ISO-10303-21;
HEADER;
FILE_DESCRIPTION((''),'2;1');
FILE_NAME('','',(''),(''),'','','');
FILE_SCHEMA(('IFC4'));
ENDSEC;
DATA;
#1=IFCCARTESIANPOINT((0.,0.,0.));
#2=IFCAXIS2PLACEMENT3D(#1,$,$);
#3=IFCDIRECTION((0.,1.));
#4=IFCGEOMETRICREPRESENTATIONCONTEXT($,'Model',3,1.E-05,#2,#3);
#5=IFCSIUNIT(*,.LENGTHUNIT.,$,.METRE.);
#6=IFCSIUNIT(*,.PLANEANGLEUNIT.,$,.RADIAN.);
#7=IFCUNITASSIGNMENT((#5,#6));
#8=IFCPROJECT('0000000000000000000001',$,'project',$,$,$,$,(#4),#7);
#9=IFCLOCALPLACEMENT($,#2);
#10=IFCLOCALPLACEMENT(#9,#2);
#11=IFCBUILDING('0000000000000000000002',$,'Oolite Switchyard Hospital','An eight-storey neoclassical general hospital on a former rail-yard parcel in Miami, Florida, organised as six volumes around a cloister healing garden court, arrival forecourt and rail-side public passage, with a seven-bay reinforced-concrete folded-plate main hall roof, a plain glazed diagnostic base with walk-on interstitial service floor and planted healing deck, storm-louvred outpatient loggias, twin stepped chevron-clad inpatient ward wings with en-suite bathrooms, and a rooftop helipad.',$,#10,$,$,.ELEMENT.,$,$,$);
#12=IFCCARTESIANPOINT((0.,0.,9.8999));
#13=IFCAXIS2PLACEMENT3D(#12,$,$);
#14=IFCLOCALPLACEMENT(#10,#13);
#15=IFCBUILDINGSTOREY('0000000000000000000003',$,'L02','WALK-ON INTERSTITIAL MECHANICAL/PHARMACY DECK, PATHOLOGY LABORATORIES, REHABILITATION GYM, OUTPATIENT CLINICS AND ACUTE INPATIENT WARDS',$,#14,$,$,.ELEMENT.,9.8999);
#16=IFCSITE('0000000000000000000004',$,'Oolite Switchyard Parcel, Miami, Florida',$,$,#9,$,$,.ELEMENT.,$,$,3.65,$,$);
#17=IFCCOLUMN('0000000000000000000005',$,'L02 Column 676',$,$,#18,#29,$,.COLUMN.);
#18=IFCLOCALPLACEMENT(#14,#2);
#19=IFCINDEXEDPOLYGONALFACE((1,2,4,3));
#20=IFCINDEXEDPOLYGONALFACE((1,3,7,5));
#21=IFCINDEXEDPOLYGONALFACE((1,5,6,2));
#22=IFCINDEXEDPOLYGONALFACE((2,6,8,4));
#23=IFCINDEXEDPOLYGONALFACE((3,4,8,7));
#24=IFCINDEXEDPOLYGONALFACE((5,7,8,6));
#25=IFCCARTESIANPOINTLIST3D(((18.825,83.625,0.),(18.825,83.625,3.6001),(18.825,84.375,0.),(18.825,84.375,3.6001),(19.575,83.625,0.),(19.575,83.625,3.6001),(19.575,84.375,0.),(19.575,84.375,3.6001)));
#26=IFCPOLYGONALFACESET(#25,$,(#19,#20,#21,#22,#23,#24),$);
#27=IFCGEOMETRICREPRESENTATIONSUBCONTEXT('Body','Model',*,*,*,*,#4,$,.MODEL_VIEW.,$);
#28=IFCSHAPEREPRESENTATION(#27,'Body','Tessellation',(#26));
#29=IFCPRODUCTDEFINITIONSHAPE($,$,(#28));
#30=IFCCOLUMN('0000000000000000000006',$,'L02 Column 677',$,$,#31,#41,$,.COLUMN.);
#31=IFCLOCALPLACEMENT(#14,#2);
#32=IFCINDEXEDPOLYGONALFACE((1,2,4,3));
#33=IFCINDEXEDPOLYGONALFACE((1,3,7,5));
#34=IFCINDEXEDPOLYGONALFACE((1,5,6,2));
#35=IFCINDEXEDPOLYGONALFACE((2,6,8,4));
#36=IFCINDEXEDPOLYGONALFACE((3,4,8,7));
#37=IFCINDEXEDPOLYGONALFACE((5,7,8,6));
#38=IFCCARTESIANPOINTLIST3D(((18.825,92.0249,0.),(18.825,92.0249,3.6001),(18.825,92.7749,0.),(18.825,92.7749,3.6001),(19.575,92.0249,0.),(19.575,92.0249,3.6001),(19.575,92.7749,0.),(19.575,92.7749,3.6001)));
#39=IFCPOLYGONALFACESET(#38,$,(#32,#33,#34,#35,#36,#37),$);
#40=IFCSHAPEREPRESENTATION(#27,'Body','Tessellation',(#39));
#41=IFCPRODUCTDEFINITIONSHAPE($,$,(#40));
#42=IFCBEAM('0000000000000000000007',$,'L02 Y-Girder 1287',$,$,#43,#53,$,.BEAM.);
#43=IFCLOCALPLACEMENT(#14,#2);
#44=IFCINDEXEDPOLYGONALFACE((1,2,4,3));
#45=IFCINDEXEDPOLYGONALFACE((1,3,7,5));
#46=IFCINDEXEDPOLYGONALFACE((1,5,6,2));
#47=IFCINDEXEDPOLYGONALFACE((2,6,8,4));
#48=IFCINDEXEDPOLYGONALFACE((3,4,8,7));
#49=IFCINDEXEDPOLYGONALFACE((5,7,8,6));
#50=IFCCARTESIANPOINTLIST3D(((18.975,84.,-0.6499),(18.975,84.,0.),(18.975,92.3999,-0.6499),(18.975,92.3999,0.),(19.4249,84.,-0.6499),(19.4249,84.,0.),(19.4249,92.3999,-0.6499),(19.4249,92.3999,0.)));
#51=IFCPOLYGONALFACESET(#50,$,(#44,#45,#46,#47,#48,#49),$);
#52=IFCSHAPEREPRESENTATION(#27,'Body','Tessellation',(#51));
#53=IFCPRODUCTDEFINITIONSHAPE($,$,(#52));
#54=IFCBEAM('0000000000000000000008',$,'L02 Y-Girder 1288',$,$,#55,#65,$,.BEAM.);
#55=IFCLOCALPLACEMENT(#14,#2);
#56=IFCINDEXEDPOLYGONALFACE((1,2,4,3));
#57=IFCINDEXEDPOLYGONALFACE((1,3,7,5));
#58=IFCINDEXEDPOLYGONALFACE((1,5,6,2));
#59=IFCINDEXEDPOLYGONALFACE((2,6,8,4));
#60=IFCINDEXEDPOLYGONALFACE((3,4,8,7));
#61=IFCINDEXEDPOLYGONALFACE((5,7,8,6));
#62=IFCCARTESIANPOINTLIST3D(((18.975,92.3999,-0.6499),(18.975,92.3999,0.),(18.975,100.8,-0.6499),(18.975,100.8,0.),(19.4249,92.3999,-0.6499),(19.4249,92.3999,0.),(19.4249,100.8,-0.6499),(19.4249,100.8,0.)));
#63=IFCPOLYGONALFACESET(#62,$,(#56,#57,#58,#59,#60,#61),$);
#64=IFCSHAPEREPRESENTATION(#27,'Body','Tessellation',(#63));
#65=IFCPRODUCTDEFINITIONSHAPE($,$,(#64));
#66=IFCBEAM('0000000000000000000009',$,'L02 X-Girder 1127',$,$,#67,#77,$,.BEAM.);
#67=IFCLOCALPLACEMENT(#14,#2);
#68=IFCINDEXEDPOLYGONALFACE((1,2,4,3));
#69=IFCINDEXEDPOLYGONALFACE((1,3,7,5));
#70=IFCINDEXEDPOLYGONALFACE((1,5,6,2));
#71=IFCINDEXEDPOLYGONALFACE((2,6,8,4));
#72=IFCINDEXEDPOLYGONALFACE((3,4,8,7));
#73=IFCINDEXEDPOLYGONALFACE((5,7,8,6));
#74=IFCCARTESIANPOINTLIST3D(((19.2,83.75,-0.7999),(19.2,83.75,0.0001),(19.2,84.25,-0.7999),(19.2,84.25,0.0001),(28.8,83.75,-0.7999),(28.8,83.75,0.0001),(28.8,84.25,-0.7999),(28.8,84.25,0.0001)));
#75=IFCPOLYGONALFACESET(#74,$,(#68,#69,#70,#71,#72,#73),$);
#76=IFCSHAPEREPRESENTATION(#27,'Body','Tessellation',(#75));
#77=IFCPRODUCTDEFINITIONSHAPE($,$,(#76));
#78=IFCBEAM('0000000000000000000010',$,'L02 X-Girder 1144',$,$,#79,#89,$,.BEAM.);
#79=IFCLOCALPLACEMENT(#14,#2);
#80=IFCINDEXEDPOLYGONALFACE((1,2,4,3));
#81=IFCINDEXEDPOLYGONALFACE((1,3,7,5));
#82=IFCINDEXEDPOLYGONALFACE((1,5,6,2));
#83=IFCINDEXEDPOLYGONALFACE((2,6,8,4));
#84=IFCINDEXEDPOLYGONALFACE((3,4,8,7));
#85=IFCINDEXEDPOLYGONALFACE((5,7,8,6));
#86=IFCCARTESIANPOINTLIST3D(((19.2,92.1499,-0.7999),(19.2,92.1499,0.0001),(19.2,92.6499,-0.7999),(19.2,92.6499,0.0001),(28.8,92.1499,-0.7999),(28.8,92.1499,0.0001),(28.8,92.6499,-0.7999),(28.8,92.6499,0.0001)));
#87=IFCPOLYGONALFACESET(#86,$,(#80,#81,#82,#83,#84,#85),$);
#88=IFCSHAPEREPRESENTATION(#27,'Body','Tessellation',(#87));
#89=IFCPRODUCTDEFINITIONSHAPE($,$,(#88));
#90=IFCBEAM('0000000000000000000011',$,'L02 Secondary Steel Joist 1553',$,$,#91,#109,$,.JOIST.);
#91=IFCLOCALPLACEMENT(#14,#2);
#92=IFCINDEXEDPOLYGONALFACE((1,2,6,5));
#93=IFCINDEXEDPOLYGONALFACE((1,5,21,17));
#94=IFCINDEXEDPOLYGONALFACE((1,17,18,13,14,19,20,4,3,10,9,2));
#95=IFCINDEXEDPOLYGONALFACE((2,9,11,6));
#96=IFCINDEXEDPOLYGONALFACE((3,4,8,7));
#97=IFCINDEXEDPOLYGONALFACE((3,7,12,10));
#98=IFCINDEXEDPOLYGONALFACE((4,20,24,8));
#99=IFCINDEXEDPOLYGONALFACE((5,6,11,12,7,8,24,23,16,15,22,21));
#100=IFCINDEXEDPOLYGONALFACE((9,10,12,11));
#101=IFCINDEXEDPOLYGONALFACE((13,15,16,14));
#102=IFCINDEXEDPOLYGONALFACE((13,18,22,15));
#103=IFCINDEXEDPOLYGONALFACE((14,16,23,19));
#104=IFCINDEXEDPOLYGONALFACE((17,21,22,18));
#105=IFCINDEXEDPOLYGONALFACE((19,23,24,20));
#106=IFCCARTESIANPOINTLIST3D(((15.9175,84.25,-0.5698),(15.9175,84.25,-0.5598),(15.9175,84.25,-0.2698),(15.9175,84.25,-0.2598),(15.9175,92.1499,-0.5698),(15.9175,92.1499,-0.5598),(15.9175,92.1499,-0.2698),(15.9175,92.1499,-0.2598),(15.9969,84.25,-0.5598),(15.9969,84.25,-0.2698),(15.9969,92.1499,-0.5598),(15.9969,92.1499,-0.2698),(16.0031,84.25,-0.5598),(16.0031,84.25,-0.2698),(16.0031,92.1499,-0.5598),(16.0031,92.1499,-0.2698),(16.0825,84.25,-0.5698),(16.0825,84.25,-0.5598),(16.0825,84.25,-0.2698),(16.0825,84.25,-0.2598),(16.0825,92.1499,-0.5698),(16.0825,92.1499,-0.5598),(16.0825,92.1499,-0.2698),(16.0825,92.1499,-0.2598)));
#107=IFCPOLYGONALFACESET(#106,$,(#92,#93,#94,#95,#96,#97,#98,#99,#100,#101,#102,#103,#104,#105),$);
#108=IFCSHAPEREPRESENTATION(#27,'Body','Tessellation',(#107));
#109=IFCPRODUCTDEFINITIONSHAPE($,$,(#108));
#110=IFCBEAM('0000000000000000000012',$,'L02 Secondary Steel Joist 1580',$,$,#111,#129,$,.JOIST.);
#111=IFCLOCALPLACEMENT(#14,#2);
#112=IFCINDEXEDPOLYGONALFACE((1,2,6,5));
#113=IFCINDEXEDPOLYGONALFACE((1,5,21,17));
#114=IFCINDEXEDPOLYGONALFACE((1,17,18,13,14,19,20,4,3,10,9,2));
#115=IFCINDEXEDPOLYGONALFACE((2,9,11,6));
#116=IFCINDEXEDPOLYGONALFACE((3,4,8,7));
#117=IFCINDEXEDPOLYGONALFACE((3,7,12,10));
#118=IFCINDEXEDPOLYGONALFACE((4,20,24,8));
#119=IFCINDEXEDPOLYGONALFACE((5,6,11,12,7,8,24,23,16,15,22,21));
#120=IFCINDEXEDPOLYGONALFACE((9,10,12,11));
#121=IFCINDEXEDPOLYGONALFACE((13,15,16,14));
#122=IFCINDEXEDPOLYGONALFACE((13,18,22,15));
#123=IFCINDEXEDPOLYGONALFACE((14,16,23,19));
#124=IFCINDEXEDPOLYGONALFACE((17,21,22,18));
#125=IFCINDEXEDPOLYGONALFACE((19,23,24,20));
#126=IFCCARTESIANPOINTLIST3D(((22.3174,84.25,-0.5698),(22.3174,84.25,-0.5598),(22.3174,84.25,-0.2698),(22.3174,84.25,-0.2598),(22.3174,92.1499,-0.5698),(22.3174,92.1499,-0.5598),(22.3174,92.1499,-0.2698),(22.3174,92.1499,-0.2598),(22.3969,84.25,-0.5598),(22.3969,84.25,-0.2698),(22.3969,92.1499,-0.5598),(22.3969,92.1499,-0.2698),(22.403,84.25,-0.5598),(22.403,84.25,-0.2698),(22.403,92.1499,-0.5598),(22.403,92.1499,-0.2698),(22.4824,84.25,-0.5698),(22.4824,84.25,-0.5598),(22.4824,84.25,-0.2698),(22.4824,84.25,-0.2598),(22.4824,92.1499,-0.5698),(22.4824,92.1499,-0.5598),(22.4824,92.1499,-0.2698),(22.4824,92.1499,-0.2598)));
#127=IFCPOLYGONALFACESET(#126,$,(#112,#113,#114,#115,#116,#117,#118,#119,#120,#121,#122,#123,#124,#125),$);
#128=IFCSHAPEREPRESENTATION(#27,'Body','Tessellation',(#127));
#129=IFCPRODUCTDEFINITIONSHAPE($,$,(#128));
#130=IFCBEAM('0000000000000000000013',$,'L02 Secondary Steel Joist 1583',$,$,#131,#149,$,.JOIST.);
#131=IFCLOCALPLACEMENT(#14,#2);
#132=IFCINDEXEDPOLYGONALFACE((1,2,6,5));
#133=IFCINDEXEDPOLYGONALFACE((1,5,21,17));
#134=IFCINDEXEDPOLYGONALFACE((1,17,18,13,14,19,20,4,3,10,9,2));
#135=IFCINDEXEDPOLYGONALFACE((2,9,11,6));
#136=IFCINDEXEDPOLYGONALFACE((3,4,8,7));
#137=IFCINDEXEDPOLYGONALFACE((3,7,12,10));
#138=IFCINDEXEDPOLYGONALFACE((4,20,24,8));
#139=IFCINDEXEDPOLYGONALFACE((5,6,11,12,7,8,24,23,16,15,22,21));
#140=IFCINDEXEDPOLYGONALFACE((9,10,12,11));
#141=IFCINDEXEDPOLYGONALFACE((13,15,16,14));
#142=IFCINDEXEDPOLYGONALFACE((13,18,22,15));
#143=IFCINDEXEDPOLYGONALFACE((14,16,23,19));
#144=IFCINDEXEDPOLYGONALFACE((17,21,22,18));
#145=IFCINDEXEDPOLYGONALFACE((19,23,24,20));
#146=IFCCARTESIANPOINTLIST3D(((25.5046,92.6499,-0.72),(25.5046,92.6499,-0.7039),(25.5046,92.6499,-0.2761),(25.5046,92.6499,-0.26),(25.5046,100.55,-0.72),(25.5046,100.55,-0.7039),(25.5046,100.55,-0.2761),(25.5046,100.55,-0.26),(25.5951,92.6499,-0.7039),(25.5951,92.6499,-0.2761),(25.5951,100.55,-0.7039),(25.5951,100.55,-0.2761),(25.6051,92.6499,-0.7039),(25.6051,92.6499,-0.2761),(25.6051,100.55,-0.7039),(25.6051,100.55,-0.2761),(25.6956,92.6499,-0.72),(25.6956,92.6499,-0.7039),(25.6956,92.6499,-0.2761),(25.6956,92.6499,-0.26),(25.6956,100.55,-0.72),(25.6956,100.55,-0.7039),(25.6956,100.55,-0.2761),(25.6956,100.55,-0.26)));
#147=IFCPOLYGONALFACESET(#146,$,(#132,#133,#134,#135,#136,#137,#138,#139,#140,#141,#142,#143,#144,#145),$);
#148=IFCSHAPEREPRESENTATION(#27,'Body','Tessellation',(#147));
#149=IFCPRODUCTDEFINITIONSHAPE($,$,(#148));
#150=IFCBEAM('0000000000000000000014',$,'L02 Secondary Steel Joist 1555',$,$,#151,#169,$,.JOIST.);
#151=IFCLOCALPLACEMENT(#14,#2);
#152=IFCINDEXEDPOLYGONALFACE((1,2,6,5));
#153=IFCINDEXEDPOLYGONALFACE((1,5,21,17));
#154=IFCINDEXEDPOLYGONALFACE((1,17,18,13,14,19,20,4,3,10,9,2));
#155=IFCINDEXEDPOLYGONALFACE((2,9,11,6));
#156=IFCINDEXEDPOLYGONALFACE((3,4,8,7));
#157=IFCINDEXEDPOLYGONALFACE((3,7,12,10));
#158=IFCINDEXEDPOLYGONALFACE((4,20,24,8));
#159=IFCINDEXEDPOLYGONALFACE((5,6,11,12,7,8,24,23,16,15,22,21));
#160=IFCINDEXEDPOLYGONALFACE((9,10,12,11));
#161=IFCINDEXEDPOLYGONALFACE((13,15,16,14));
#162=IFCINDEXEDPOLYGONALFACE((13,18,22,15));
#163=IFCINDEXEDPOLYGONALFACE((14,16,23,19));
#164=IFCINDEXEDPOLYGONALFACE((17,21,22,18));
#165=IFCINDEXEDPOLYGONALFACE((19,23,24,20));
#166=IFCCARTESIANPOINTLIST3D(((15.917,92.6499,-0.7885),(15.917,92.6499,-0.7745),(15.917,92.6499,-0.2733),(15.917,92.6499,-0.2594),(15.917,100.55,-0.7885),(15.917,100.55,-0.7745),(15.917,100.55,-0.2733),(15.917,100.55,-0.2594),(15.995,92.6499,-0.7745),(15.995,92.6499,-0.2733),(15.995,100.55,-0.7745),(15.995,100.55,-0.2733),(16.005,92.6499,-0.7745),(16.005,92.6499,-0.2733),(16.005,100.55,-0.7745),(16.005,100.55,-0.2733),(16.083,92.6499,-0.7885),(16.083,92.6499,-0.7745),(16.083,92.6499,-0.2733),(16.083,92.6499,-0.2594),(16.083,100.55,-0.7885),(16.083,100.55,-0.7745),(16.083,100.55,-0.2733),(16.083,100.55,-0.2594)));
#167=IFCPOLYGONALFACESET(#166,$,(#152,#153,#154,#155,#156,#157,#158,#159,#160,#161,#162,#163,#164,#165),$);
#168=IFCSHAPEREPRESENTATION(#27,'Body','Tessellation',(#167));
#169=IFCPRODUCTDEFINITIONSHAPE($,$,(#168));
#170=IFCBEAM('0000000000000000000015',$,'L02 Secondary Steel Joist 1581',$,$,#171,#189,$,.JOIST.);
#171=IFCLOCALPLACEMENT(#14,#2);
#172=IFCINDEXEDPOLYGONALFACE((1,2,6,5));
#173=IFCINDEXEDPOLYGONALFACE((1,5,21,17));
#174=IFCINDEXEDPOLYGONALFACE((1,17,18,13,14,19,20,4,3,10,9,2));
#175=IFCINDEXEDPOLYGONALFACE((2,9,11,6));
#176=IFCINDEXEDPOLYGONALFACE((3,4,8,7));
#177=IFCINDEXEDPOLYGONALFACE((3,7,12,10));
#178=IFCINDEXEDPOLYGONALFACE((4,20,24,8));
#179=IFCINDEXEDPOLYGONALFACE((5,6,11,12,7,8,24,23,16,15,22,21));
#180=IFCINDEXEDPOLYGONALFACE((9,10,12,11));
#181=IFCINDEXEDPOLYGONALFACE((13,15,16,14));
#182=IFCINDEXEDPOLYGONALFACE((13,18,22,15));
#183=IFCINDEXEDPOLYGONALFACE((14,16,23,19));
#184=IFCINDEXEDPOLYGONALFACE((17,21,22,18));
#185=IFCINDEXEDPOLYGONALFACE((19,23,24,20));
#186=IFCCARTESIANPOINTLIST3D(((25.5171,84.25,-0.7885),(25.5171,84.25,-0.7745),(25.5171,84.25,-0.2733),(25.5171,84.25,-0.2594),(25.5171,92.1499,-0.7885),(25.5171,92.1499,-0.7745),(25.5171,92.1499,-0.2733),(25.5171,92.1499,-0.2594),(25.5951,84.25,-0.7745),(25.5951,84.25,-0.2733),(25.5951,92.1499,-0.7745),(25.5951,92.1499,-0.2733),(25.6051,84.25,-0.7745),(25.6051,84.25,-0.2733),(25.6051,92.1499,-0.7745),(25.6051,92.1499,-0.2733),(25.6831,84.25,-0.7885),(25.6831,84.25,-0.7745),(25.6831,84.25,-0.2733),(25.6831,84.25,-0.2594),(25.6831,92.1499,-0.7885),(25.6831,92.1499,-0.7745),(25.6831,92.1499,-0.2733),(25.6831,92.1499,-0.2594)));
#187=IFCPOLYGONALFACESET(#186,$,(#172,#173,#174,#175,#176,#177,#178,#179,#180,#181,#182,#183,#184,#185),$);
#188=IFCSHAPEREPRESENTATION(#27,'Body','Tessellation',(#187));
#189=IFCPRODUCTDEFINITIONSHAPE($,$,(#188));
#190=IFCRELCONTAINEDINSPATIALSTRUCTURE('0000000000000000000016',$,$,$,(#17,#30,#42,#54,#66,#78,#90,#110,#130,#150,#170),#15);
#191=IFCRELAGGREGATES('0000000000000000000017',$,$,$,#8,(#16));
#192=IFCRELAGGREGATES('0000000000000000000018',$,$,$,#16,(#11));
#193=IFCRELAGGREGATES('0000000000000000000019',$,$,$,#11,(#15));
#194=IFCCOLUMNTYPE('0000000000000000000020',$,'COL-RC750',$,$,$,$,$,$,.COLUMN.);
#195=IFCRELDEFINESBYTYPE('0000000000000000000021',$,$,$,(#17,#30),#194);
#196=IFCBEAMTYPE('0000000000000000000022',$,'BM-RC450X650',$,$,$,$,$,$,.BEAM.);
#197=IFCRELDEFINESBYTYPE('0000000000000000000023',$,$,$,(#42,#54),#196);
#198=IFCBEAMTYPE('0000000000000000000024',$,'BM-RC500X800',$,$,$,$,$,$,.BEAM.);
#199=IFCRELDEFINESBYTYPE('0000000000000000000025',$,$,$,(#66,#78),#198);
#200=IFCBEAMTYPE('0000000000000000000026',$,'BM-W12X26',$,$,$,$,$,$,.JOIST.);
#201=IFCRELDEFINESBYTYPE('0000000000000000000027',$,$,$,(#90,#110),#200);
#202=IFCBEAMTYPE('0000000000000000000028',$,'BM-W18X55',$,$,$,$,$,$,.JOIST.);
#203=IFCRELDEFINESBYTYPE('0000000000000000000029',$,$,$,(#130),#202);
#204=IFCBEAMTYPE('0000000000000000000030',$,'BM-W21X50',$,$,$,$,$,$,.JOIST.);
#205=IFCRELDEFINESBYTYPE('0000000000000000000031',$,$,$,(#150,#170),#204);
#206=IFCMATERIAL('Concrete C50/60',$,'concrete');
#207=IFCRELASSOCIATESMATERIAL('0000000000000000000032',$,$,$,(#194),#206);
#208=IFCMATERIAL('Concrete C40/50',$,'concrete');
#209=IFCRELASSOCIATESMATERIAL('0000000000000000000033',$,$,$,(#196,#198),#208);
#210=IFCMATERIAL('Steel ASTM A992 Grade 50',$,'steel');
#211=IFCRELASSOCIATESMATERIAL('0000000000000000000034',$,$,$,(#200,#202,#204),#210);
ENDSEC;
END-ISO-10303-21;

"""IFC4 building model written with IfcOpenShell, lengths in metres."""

from ifc_helpers import new_model, si_unit, direction, frame, origin, origin_2d, place, context, subcontext, project, spatial, rectangle, i_section, extrude, material, material_profile, profile_set, type_object, element, save


model = new_model("IFC4")

# Units and contexts
model_context = context("Model", 3, precision=1e-05, world=origin(), true_north=direction((0.0, 1.0)))
body_context = subcontext(model_context, "Body", "Model", "MODEL_VIEW")
ifc_project = project(units=[si_unit("LENGTHUNIT", "METRE"), si_unit("PLANEANGLEUNIT", "RADIAN")], contexts=[model_context])

# Site, building, storey
site_placement = place(None, origin())
site = spatial("IfcSite", under=ifc_project, at=site_placement, Name="Oolite Switchyard Parcel, Miami, Florida", CompositionType="ELEMENT", RefElevation=3.65)
building_placement = place(site_placement, origin())
building = spatial("IfcBuilding", under=site, at=building_placement, Name="Oolite Switchyard Hospital", Description="An eight-storey neoclassical general hospital on a former rail-yard parcel in Miami, Florida, organised as six volumes around a cloister healing garden court, arrival forecourt and rail-side public passage, with a seven-bay reinforced-concrete folded-plate main hall roof, a plain glazed diagnostic base with walk-on interstitial service floor and planted healing deck, storm-louvred outpatient loggias, twin stepped chevron-clad inpatient ward wings with en-suite bathrooms, and a rooftop helipad.", CompositionType="ELEMENT")
storey_placement = place(building_placement, frame((0.0, 0.0, 9.8999)))
storey = spatial("IfcBuildingStorey", under=building, at=storey_placement, Name="L02", Description="WALK-ON INTERSTITIAL MECHANICAL/PHARMACY DECK, PATHOLOGY LABORATORIES, REHABILITATION GYM, OUTPATIENT CLINICS AND ACUTE INPATIENT WARDS", CompositionType="ELEMENT", Elevation=9.8999)

# Columns
ifc_material_1 = material(Name="Concrete C50/60", Category="concrete")
ifc_material_profile_1 = material_profile(ifc_material_1, rectangle(XDim=0.75, YDim=0.75, at=origin_2d()), Name="RC750X750")
ifc_profile_set_1 = profile_set([ifc_material_profile_1], Name="Concrete C50/60")
column_type = type_object("IfcColumnType", Name="COL-RC750", PredefinedType="COLUMN", material=ifc_profile_set_1)
for number, where, z_axis, x_axis, name in (
    (1, (19.2, 84.0, 0.0), (0.0, 0.0, 1.0), (1.0, 0.0, 0.0), "L02 Column 676"),
    (2, (19.2, 92.3999, 0.0), (0.0, 0.0, 1.0), (1.0, 0.0, 0.0), "L02 Column 677"),
):
    element("IfcColumn", number, at=place(storey_placement, frame(where, z_axis=z_axis, x_axis=x_axis)), inside=storey, type_object=column_type, Name=name, PredefinedType="COLUMN", context=body_context, shape_type="SweptSolid", body=[
        extrude(rectangle(XDim=0.75, YDim=0.75, at=origin_2d()), origin(), (0.0, 0.0, 1.0), 3.6001),
    ])

# Beams
ifc_material_2 = material(Name="Concrete C40/50", Category="concrete")
ifc_material_profile_2 = material_profile(ifc_material_2, rectangle(XDim=0.45, YDim=0.6499, at=origin_2d()), Name="RCB450X650")
ifc_profile_set_2 = profile_set([ifc_material_profile_2], Name="Concrete C40/50")
beam_type_1 = type_object("IfcBeamType", Name="BM-RC450X650", PredefinedType="BEAM", material=ifc_profile_set_2)
beam_1_placement = place(storey_placement, frame((19.2, 84.0, -0.325), z_axis=(0.0, 1.0, 0.0), x_axis=(-1.0, 0.0, 0.0)))
element("IfcBeam", 3, at=beam_1_placement, inside=storey, type_object=beam_type_1, Name="L02 Y-Girder 1287", PredefinedType="BEAM", context=body_context, shape_type="SweptSolid", body=[
    extrude(rectangle(XDim=0.45, YDim=0.6499, at=origin_2d()), origin(), (0.0, 0.0, 1.0), 8.3999),
])
beam_2_placement = place(storey_placement, frame((19.2, 92.3999, -0.325), z_axis=(0.0, 1.0, 0.0), x_axis=(-1.0, 0.0, 0.0)))
element("IfcBeam", 4, at=beam_2_placement, inside=storey, type_object=beam_type_1, Name="L02 Y-Girder 1288", PredefinedType="BEAM", context=body_context, shape_type="SweptSolid", body=[
    extrude(rectangle(XDim=0.45, YDim=0.6499, at=origin_2d()), origin(), (0.0, 0.0, 1.0), 8.4001),
])
ifc_material_profile_3 = material_profile(ifc_material_2, rectangle(XDim=0.5, YDim=0.8, at=origin_2d()), Name="RCB500X800")
ifc_profile_set_3 = profile_set([ifc_material_profile_3], Name="Concrete C40/50")
beam_type_2 = type_object("IfcBeamType", Name="BM-RC500X800", PredefinedType="BEAM", material=ifc_profile_set_3)
for number, where, z_axis, x_axis, name in (
    (5, (19.2, 84.0, -0.3999), (1.0, 0.0, 0.0), (0.0, 1.0, 0.0), "L02 X-Girder 1127"),
    (6, (19.2, 92.3999, -0.3999), (1.0, 0.0, 0.0), (0.0, 1.0, 0.0), "L02 X-Girder 1144"),
):
    element("IfcBeam", number, at=place(storey_placement, frame(where, z_axis=z_axis, x_axis=x_axis)), inside=storey, type_object=beam_type_2, Name=name, PredefinedType="BEAM", context=body_context, shape_type="SweptSolid", body=[
        extrude(rectangle(XDim=0.5, YDim=0.8, at=origin_2d()), origin(), (0.0, 0.0, 1.0), 9.6001),
    ])
ifc_material_3 = material(Name="Steel ASTM A992 Grade 50", Category="steel")
ifc_material_profile_4 = material_profile(ifc_material_3, i_section(OverallWidth=0.165, OverallDepth=0.3101, WebThickness=0.0061, FlangeThickness=0.01, at=origin_2d()), Name="W12X26")
ifc_profile_set_4 = profile_set([ifc_material_profile_4], Name="Steel ASTM A992 Grade 50")
beam_type_3 = type_object("IfcBeamType", Name="BM-W12X26", PredefinedType="JOIST", material=ifc_profile_set_4)
for number, where, z_axis, x_axis, name in (
    (7, (16.0, 84.25, -0.4148), (0.0, 1.0, 0.0), (-1.0, 0.0, 0.0), "L02 Secondary Steel Joist 1553"),
    (8, (22.3999, 84.25, -0.4148), (0.0, 1.0, 0.0), (-1.0, 0.0, 0.0), "L02 Secondary Steel Joist 1580"),
):
    element("IfcBeam", number, at=place(storey_placement, frame(where, z_axis=z_axis, x_axis=x_axis)), inside=storey, type_object=beam_type_3, Name=name, PredefinedType="JOIST", context=body_context, shape_type="SweptSolid", body=[
        extrude(i_section(OverallWidth=0.165, OverallDepth=0.3101, WebThickness=0.0061, FlangeThickness=0.01, at=origin_2d()), origin(), (0.0, 0.0, 1.0), 7.8999),
    ])
ifc_material_profile_5 = material_profile(ifc_material_3, i_section(OverallWidth=0.1909, OverallDepth=0.46, WebThickness=0.01, FlangeThickness=0.0161, at=origin_2d()), Name="W18X55")
ifc_profile_set_5 = profile_set([ifc_material_profile_5], Name="Steel ASTM A992 Grade 50")
beam_type_4 = type_object("IfcBeamType", Name="BM-W18X55", PredefinedType="JOIST", material=ifc_profile_set_5)
beam_3_placement = place(storey_placement, frame((25.6001, 92.6499, -0.49), z_axis=(0.0, 1.0, 0.0), x_axis=(-1.0, 0.0, 0.0)))
element("IfcBeam", 9, at=beam_3_placement, inside=storey, type_object=beam_type_4, Name="L02 Secondary Steel Joist 1583", PredefinedType="JOIST", context=body_context, shape_type="SweptSolid", body=[
    extrude(i_section(OverallWidth=0.1909, OverallDepth=0.46, WebThickness=0.01, FlangeThickness=0.0161, at=origin_2d()), origin(), (0.0, 0.0, 1.0), 7.9001),
])
ifc_material_profile_6 = material_profile(ifc_material_3, i_section(OverallWidth=0.166, OverallDepth=0.5291, WebThickness=0.01, FlangeThickness=0.0139, at=origin_2d()), Name="W21X50")
ifc_profile_set_6 = profile_set([ifc_material_profile_6], Name="Steel ASTM A992 Grade 50")
beam_type_5 = type_object("IfcBeamType", Name="BM-W21X50", PredefinedType="JOIST", material=ifc_profile_set_6)
beam_4_placement = place(storey_placement, frame((16.0, 92.6499, -0.5239), z_axis=(0.0, 1.0, 0.0), x_axis=(-1.0, 0.0, 0.0)))
element("IfcBeam", 10, at=beam_4_placement, inside=storey, type_object=beam_type_5, Name="L02 Secondary Steel Joist 1555", PredefinedType="JOIST", context=body_context, shape_type="SweptSolid", body=[
    extrude(i_section(OverallWidth=0.166, OverallDepth=0.5291, WebThickness=0.01, FlangeThickness=0.0139, at=origin_2d()), origin(), (0.0, 0.0, 1.0), 7.9001),
])
beam_5_placement = place(storey_placement, frame((25.6001, 84.25, -0.5239), z_axis=(0.0, 1.0, 0.0), x_axis=(-1.0, 0.0, 0.0)))
element("IfcBeam", 11, at=beam_5_placement, inside=storey, type_object=beam_type_5, Name="L02 Secondary Steel Joist 1581", PredefinedType="JOIST", context=body_context, shape_type="SweptSolid", body=[
    extrude(i_section(OverallWidth=0.166, OverallDepth=0.5291, WebThickness=0.01, FlangeThickness=0.0139, at=origin_2d()), origin(), (0.0, 0.0, 1.0), 7.8999),
])

save(model, "model.ifc")
